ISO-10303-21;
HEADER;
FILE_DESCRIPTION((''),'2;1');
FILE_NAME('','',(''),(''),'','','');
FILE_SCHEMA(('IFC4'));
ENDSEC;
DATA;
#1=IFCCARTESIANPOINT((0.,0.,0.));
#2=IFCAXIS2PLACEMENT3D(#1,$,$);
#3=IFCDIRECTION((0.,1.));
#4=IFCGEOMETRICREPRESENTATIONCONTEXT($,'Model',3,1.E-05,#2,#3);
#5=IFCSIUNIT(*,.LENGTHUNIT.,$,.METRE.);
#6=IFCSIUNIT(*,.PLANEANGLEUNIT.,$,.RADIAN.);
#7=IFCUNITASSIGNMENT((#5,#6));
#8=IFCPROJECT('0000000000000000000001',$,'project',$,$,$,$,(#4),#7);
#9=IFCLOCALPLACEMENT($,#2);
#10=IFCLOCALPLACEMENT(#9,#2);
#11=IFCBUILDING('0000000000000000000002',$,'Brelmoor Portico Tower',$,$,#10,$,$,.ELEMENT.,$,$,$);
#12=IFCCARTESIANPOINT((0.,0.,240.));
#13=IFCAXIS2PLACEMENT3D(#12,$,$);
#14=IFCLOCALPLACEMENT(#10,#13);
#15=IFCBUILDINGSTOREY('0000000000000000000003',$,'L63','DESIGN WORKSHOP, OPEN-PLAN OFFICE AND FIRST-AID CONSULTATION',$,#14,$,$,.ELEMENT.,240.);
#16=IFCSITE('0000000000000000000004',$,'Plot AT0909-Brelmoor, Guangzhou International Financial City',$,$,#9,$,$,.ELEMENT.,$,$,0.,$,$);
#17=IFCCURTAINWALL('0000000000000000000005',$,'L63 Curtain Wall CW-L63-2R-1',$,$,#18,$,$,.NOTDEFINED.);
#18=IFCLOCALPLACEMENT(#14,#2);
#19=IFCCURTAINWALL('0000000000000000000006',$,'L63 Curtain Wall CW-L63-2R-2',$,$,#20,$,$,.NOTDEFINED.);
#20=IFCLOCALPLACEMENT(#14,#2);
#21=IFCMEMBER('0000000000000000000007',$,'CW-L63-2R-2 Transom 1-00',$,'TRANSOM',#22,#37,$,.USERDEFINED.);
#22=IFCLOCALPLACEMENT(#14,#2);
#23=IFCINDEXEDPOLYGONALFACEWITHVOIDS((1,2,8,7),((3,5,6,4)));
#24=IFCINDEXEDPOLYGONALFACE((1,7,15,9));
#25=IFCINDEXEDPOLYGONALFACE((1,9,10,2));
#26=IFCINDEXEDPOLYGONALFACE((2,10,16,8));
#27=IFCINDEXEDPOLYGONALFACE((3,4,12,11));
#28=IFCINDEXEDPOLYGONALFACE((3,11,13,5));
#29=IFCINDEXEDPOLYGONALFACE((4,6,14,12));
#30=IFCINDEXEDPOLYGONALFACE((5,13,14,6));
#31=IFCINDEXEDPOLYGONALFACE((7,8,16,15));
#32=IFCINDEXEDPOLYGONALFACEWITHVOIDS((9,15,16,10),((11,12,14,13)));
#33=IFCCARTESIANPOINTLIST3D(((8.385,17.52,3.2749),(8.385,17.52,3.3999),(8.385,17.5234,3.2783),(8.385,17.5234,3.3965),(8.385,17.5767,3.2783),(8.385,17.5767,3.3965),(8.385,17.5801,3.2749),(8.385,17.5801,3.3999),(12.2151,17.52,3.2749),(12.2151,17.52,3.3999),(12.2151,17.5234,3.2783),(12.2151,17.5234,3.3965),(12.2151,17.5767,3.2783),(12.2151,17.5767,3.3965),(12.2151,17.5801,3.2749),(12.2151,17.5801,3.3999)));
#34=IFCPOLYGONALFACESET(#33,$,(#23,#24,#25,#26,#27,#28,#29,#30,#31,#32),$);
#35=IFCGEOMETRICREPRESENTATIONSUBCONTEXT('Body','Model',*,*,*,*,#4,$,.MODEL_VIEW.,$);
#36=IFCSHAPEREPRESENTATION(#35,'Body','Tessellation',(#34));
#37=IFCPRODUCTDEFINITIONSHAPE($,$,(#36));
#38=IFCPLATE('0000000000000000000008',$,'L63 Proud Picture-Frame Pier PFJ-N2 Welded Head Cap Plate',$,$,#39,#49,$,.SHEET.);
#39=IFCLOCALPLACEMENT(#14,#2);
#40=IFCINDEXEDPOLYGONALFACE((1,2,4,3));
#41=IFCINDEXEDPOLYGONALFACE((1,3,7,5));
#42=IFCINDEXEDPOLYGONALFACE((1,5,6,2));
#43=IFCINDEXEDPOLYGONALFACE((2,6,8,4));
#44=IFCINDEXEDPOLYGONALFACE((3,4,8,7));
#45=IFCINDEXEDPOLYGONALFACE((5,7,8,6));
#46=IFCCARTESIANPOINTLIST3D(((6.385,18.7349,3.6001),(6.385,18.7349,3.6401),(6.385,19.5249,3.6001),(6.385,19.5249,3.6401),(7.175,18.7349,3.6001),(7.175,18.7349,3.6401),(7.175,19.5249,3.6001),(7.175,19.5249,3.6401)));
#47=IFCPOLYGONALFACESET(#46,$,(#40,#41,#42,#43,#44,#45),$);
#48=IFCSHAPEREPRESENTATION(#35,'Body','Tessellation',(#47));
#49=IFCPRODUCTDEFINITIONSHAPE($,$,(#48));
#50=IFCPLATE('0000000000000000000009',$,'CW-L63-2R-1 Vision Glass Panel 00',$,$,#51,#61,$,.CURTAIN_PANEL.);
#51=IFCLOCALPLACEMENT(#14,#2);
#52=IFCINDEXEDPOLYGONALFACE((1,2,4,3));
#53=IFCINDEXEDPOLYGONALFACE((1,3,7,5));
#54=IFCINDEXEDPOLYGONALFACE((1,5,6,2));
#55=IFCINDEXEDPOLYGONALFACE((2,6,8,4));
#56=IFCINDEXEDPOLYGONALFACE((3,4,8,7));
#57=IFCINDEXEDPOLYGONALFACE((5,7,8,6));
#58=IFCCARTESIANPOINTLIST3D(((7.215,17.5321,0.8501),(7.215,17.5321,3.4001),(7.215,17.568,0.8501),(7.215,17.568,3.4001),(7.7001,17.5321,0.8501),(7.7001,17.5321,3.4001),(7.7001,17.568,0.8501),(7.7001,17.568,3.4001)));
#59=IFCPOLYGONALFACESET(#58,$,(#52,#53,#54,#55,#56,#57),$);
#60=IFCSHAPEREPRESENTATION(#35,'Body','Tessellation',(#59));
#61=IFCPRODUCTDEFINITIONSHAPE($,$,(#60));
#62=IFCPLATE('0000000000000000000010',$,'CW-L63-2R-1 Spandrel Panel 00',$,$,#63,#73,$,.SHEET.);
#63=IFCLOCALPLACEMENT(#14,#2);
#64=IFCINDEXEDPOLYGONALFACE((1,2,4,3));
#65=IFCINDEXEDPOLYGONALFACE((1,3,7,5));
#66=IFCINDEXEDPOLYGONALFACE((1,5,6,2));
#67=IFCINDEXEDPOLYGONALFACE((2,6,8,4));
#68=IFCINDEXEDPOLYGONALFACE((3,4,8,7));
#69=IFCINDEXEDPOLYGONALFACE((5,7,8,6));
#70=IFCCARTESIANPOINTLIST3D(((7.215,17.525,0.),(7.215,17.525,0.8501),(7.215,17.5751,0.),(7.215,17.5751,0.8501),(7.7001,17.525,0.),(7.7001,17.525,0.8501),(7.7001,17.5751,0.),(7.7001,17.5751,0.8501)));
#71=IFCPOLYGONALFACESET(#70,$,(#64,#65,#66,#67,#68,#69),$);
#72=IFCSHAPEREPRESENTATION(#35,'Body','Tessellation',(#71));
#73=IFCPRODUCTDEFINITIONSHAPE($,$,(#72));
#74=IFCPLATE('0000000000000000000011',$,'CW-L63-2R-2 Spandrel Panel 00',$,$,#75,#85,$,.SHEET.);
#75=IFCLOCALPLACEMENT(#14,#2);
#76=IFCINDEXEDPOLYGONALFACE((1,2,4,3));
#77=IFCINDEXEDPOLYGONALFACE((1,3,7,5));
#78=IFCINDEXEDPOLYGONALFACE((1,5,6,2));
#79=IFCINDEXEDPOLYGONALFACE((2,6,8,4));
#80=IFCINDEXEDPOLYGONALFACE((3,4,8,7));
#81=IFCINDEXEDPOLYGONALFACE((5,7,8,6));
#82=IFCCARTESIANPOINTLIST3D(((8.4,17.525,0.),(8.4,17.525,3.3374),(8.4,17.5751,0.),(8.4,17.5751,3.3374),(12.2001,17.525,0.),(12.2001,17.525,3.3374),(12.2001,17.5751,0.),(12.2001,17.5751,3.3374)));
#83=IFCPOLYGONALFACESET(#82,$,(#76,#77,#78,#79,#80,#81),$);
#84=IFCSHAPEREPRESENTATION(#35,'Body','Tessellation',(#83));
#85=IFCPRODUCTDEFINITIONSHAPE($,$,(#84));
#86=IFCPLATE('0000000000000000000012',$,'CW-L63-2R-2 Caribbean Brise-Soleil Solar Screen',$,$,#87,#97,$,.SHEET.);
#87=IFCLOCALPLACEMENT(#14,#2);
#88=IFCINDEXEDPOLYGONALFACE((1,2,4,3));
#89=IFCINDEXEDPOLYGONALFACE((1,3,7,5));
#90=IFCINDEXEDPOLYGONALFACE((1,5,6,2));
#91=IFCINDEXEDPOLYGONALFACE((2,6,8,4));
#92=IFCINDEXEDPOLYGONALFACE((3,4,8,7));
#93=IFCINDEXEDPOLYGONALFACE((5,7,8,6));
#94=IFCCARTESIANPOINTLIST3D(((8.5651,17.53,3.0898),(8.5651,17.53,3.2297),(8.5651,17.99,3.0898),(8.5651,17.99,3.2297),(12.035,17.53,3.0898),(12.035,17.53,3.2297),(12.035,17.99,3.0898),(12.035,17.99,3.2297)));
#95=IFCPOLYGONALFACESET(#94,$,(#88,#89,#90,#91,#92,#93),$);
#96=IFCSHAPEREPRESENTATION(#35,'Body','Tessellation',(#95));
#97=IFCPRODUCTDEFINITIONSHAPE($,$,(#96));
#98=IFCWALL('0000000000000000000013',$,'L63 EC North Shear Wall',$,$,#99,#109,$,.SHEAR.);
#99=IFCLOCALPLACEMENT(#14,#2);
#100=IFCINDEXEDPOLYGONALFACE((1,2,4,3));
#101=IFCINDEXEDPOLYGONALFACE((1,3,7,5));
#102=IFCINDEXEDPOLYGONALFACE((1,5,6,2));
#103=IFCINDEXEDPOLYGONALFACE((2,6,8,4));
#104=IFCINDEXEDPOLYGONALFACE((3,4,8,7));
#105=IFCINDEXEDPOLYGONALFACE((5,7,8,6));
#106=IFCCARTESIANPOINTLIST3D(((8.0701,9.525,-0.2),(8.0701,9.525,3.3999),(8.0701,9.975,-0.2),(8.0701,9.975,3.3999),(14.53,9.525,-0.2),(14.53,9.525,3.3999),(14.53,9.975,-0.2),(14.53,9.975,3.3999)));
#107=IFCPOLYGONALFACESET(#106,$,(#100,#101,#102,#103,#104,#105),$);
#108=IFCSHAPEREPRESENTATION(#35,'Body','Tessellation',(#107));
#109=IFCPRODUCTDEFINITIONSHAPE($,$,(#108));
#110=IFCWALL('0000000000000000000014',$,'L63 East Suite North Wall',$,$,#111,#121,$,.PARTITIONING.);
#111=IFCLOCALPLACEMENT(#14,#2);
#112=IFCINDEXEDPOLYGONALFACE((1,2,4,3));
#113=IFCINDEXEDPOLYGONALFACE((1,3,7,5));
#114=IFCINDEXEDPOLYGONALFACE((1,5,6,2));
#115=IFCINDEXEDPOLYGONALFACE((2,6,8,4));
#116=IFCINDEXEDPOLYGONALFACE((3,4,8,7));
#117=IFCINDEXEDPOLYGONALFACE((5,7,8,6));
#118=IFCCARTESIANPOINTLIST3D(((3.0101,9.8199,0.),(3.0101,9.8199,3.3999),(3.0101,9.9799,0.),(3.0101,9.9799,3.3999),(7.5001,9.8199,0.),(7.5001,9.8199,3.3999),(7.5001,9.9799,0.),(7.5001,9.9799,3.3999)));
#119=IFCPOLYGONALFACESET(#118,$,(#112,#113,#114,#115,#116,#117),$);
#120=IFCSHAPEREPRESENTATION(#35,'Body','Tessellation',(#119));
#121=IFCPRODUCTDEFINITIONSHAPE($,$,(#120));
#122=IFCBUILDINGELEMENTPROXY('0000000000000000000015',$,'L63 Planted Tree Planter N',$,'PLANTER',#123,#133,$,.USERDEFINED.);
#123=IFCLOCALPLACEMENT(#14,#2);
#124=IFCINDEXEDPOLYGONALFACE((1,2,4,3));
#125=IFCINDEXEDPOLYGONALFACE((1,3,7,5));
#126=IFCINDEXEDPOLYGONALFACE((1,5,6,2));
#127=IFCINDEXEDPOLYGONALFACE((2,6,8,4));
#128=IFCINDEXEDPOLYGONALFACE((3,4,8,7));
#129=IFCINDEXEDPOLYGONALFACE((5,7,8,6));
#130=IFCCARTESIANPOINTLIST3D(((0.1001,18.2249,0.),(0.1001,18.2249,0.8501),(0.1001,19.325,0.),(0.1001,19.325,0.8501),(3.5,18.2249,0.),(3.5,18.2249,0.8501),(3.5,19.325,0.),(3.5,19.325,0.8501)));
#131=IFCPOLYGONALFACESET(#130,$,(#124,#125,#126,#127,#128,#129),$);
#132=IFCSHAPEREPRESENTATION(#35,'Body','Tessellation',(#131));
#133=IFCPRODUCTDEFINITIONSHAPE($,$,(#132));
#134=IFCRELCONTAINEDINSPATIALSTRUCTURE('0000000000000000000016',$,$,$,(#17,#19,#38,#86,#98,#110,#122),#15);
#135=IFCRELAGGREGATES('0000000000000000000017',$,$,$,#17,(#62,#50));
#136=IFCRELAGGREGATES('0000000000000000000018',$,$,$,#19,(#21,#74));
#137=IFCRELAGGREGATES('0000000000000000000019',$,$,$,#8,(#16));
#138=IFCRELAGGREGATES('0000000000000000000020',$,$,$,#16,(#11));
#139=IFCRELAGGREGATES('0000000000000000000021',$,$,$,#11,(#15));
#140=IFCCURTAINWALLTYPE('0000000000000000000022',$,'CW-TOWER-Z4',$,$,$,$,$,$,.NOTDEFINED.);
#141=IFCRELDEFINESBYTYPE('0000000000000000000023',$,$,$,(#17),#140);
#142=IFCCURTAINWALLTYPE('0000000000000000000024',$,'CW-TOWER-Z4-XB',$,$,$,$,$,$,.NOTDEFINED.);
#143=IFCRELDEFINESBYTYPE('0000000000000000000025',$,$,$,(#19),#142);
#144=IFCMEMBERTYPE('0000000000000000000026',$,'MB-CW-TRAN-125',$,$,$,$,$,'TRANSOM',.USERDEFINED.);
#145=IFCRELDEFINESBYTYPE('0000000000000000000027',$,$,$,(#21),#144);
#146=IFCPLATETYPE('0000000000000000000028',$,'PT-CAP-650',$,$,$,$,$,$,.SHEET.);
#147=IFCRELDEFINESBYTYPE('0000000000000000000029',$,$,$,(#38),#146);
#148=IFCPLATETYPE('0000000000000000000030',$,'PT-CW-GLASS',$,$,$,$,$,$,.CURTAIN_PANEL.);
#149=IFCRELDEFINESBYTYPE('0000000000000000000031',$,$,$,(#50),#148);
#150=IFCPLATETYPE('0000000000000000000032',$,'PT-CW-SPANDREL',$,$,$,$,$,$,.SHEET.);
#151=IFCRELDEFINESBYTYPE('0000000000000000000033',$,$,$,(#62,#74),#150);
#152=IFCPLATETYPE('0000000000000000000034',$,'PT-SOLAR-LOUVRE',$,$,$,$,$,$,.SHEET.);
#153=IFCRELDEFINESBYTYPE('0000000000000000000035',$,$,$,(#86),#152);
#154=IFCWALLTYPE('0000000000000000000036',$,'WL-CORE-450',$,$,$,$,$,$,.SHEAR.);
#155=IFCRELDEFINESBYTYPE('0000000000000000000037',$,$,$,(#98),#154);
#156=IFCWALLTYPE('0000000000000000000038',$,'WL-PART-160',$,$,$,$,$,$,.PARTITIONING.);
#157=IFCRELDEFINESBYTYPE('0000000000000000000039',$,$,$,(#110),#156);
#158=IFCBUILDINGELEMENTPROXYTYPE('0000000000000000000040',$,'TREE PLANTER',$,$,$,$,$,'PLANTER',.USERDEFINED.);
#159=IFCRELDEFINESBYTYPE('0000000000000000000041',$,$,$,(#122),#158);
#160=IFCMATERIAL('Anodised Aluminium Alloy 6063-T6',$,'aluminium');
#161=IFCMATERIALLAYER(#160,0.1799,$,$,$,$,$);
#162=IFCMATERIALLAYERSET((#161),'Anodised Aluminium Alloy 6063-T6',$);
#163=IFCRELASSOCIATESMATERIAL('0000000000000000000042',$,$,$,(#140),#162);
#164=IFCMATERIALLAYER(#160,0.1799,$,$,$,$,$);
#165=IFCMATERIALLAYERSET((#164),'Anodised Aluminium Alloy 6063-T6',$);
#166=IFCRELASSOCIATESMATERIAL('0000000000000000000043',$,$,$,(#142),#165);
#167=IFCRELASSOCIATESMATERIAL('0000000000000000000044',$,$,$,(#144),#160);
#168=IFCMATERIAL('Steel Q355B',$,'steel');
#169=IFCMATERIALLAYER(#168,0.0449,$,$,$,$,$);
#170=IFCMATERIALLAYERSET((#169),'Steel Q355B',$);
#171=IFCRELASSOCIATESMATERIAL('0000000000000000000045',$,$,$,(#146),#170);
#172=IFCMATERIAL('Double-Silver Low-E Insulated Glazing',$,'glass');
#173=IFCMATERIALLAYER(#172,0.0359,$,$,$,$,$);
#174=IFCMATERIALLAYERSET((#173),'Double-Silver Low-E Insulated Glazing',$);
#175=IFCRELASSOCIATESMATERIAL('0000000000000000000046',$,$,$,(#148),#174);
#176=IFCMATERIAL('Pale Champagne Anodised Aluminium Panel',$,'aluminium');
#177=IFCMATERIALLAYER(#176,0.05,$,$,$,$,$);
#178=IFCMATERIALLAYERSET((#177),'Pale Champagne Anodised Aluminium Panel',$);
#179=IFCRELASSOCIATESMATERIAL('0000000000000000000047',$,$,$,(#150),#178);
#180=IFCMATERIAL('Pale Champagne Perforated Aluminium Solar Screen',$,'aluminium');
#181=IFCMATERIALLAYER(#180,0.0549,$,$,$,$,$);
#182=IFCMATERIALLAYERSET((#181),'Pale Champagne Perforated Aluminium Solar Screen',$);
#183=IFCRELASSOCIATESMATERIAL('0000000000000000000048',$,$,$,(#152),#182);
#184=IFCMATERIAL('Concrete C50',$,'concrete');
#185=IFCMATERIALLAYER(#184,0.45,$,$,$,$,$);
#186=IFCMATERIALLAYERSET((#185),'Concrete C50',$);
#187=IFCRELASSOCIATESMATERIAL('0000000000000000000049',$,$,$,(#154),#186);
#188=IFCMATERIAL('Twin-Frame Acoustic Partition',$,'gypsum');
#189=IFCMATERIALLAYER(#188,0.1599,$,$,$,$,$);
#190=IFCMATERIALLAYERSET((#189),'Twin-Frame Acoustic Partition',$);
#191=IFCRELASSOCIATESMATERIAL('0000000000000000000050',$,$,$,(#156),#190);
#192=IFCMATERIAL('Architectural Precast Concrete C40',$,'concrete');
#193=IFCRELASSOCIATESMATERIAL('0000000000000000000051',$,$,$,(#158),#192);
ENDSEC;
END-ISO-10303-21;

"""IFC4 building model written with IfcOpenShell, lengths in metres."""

from ifc_helpers import new_model, si_unit, direction, frame, frame_2d, origin, origin_2d, place, context, subcontext, project, spatial, rectangle, hollow_rectangle, extrude, material, layer, layer_set, material_profile, profile_set, type_object, element, aggregate, save


model = new_model("IFC4")

# Units and contexts
model_context = context("Model", 3, precision=1e-05, world=origin(), true_north=direction((0.0, 1.0)))
body_context = subcontext(model_context, "Body", "Model", "MODEL_VIEW")
ifc_project = project(units=[si_unit("LENGTHUNIT", "METRE"), si_unit("PLANEANGLEUNIT", "RADIAN")], contexts=[model_context])

# Site, building, storey
site_placement = place(None, origin())
site = spatial("IfcSite", under=ifc_project, at=site_placement, Name="Plot AT0909-Brelmoor, Guangzhou International Financial City", CompositionType="ELEMENT", RefElevation=0.0)
building_placement = place(site_placement, origin())
building = spatial("IfcBuilding", under=site, at=building_placement, Name="Brelmoor Portico Tower", CompositionType="ELEMENT")
storey_placement = place(building_placement, frame((0.0, 0.0, 240.0)))
storey = spatial("IfcBuildingStorey", under=building, at=storey_placement, Name="L63", Description="DESIGN WORKSHOP, OPEN-PLAN OFFICE AND FIRST-AID CONSULTATION", CompositionType="ELEMENT", Elevation=240.0)

# Shared definitions
ifc_material_1 = material(Name="Steel Q355B", Category="steel")

# Curtain wall
ifc_material_2 = material(Name="Anodised Aluminium Alloy 6063-T6", Category="aluminium")
ifc_layer_1 = layer(ifc_material_2, 0.1799)
ifc_layer_set_1 = layer_set([ifc_layer_1], Name="Anodised Aluminium Alloy 6063-T6")
curtain_wall_type_1 = type_object("IfcCurtainWallType", Name="CW-TOWER-Z4", PredefinedType="NOTDEFINED", material=ifc_layer_set_1)
curtain_wall_1_placement = place(storey_placement, origin())
curtain_wall_1 = element("IfcCurtainWall", 1, at=curtain_wall_1_placement, inside=storey, type_object=curtain_wall_type_1, Name="L63 Curtain Wall CW-L63-2R-1", PredefinedType="NOTDEFINED")

# Curtain wall
ifc_layer_2 = layer(ifc_material_2, 0.1799)
ifc_layer_set_2 = layer_set([ifc_layer_2], Name="Anodised Aluminium Alloy 6063-T6")
curtain_wall_type_2 = type_object("IfcCurtainWallType", Name="CW-TOWER-Z4-XB", PredefinedType="NOTDEFINED", material=ifc_layer_set_2)
curtain_wall_2_placement = place(storey_placement, origin())
curtain_wall_2 = element("IfcCurtainWall", 2, at=curtain_wall_2_placement, inside=storey, type_object=curtain_wall_type_2, Name="L63 Curtain Wall CW-L63-2R-2", PredefinedType="NOTDEFINED")

# Member
ifc_material_profile_1 = material_profile(ifc_material_2, hollow_rectangle(XDim=0.0601, YDim=0.125, WallThickness=0.0034, at=origin_2d()), Name="ALU TRANSOM 60x125")
ifc_profile_set_1 = profile_set([ifc_material_profile_1], Name="Anodised Aluminium Alloy 6063-T6")
member_type_1 = type_object("IfcMemberType", Name="MB-CW-TRAN-125", ElementType="TRANSOM", PredefinedType="USERDEFINED", material=ifc_profile_set_1)
member_1_placement = place(storey_placement, frame((8.385, 17.55, 3.3374), z_axis=(1.0, 0.0, 0.0), x_axis=(0.0, 1.0, 0.0)))
member_1 = element("IfcMember", 3, at=member_1_placement, type_object=member_type_1, Name="CW-L63-2R-2 Transom 1-00", ObjectType="TRANSOM", PredefinedType="USERDEFINED", context=body_context, shape_type="SweptSolid", body=[
    extrude(hollow_rectangle(XDim=0.0601, YDim=0.125, WallThickness=0.0034, at=origin_2d()), origin(), (0.0, 0.0, 1.0), 3.8301),
])

# Plates
ifc_layer_3 = layer(ifc_material_1, 0.0449)
ifc_layer_set_3 = layer_set([ifc_layer_3], Name="Steel Q355B")
plate_type_1 = type_object("IfcPlateType", Name="PT-CAP-650", PredefinedType="SHEET", material=ifc_layer_set_3)
plate_1_placement = place(storey_placement, frame((6.78, 19.1299, 3.6001), z_axis=(0.0, 0.0, 1.0), x_axis=(1.0, 0.0, 0.0)))
element("IfcPlate", 4, at=plate_1_placement, inside=storey, type_object=plate_type_1, Name="L63 Proud Picture-Frame Pier PFJ-N2 Welded Head Cap Plate", PredefinedType="SHEET", context=body_context, shape_type="SweptSolid", body=[
    extrude(rectangle(XDim=0.79, YDim=0.79, at=origin_2d()), origin(), (0.0, 0.0, 1.0), 0.04),
])
ifc_material_3 = material(Name="Double-Silver Low-E Insulated Glazing", Category="glass")
ifc_layer_4 = layer(ifc_material_3, 0.0359)
ifc_layer_set_4 = layer_set([ifc_layer_4], Name="Double-Silver Low-E Insulated Glazing")
plate_type_2 = type_object("IfcPlateType", Name="PT-CW-GLASS", PredefinedType="CURTAIN_PANEL", material=ifc_layer_set_4)
plate_2_placement = place(storey_placement, frame((7.4575, 17.55, 0.8501), z_axis=(0.0, 0.0, 1.0), x_axis=(1.0, 0.0, 0.0)))
plate_2 = element("IfcPlate", 5, at=plate_2_placement, type_object=plate_type_2, Name="CW-L63-2R-1 Vision Glass Panel 00", PredefinedType="CURTAIN_PANEL", context=body_context, shape_type="SweptSolid", body=[
    extrude(rectangle(XDim=0.4851, YDim=0.0359, at=origin_2d()), origin(), (0.0, 0.0, 1.0), 2.55),
])
ifc_material_4 = material(Name="Pale Champagne Anodised Aluminium Panel", Category="aluminium")
ifc_layer_5 = layer(ifc_material_4, 0.05)
ifc_layer_set_5 = layer_set([ifc_layer_5], Name="Pale Champagne Anodised Aluminium Panel")
plate_type_3 = type_object("IfcPlateType", Name="PT-CW-SPANDREL", PredefinedType="SHEET", material=ifc_layer_set_5)
plate_3_placement = place(storey_placement, frame((7.4575, 17.55, 0.0), z_axis=(0.0, 0.0, 1.0), x_axis=(1.0, 0.0, 0.0)))
plate_3 = element("IfcPlate", 6, at=plate_3_placement, type_object=plate_type_3, Name="CW-L63-2R-1 Spandrel Panel 00", PredefinedType="SHEET", context=body_context, shape_type="SweptSolid", body=[
    extrude(rectangle(XDim=0.4851, YDim=0.05, at=origin_2d()), origin(), (0.0, 0.0, 1.0), 0.8501),
])
aggregate(curtain_wall_1, [plate_3, plate_2])
plate_4_placement = place(storey_placement, frame((10.3, 17.55, 0.0), z_axis=(0.0, 0.0, 1.0), x_axis=(1.0, 0.0, 0.0)))
plate_4 = element("IfcPlate", 7, at=plate_4_placement, type_object=plate_type_3, Name="CW-L63-2R-2 Spandrel Panel 00", PredefinedType="SHEET", context=body_context, shape_type="SweptSolid", body=[
    extrude(rectangle(XDim=3.8, YDim=0.05, at=origin_2d()), origin(), (0.0, 0.0, 1.0), 3.3374),
])
aggregate(curtain_wall_2, [member_1, plate_4])
ifc_material_5 = material(Name="Pale Champagne Perforated Aluminium Solar Screen", Category="aluminium")
ifc_layer_6 = layer(ifc_material_5, 0.0549)
ifc_layer_set_6 = layer_set([ifc_layer_6], Name="Pale Champagne Perforated Aluminium Solar Screen")
plate_type_4 = type_object("IfcPlateType", Name="PT-SOLAR-LOUVRE", PredefinedType="SHEET", material=ifc_layer_set_6)
plate_5_placement = place(storey_placement, frame((10.3, 17.76, 3.0898), z_axis=(0.0, 0.0, 1.0), x_axis=(1.0, 0.0, 0.0)))
element("IfcPlate", 8, at=plate_5_placement, inside=storey, type_object=plate_type_4, Name="CW-L63-2R-2 Caribbean Brise-Soleil Solar Screen", PredefinedType="SHEET", context=body_context, shape_type="SweptSolid", body=[
    extrude(rectangle(XDim=3.47, YDim=0.46, at=origin_2d()), origin(), (0.0, 0.0, 1.0), 0.1399),
])

# Walls
ifc_material_6 = material(Name="Concrete C50", Category="concrete")
ifc_layer_7 = layer(ifc_material_6, 0.45)
ifc_layer_set_7 = layer_set([ifc_layer_7], Name="Concrete C50")
wall_type_1 = type_object("IfcWallType", Name="WL-CORE-450", PredefinedType="SHEAR", material=ifc_layer_set_7)
wall_1_placement = place(storey_placement, frame((8.0701, 9.75, -0.2), z_axis=(0.0, 0.0, 1.0), x_axis=(1.0, 0.0, 0.0)))
element("IfcWall", 9, at=wall_1_placement, inside=storey, type_object=wall_type_1, Name="L63 EC North Shear Wall", PredefinedType="SHEAR", context=body_context, shape_type="SweptSolid", body=[
    extrude(rectangle(XDim=6.46, YDim=0.45, at=frame_2d((3.23, 0.0))), origin(), (0.0, 0.0, 1.0), 3.5999),
])
ifc_material_7 = material(Name="Twin-Frame Acoustic Partition", Category="gypsum")
ifc_layer_8 = layer(ifc_material_7, 0.1599)
ifc_layer_set_8 = layer_set([ifc_layer_8], Name="Twin-Frame Acoustic Partition")
wall_type_2 = type_object("IfcWallType", Name="WL-PART-160", PredefinedType="PARTITIONING", material=ifc_layer_set_8)
wall_2_placement = place(storey_placement, frame((3.01, 9.8999, 0.0), z_axis=(0.0, 0.0, 1.0), x_axis=(1.0, 0.0, 0.0)))
element("IfcWall", 10, at=wall_2_placement, inside=storey, type_object=wall_type_2, Name="L63 East Suite North Wall", PredefinedType="PARTITIONING", context=body_context, shape_type="SweptSolid", body=[
    extrude(rectangle(XDim=4.49, YDim=0.1599, at=frame_2d((2.2451, 0.0))), origin(), (0.0, 0.0, 1.0), 3.3999),
])

# Building element proxy
ifc_material_8 = material(Name="Architectural Precast Concrete C40", Category="concrete")
building_element_proxy_type = type_object("IfcBuildingElementProxyType", Name="TREE PLANTER", ElementType="PLANTER", PredefinedType="USERDEFINED", material=ifc_material_8)
proxy_placement = place(storey_placement, frame((1.8, 18.7749, 0.0), z_axis=(0.0, 0.0, 1.0), x_axis=(1.0, 0.0, 0.0)))
element("IfcBuildingElementProxy", 11, at=proxy_placement, inside=storey, type_object=building_element_proxy_type, Name="L63 Planted Tree Planter N", ObjectType="PLANTER", PredefinedType="USERDEFINED", context=body_context, shape_type="SweptSolid", body=[
    extrude(rectangle(XDim=3.3999, YDim=1.1001, at=origin_2d()), origin(), (0.0, 0.0, 1.0), 0.8501),
])

save(model, "model.ifc")
